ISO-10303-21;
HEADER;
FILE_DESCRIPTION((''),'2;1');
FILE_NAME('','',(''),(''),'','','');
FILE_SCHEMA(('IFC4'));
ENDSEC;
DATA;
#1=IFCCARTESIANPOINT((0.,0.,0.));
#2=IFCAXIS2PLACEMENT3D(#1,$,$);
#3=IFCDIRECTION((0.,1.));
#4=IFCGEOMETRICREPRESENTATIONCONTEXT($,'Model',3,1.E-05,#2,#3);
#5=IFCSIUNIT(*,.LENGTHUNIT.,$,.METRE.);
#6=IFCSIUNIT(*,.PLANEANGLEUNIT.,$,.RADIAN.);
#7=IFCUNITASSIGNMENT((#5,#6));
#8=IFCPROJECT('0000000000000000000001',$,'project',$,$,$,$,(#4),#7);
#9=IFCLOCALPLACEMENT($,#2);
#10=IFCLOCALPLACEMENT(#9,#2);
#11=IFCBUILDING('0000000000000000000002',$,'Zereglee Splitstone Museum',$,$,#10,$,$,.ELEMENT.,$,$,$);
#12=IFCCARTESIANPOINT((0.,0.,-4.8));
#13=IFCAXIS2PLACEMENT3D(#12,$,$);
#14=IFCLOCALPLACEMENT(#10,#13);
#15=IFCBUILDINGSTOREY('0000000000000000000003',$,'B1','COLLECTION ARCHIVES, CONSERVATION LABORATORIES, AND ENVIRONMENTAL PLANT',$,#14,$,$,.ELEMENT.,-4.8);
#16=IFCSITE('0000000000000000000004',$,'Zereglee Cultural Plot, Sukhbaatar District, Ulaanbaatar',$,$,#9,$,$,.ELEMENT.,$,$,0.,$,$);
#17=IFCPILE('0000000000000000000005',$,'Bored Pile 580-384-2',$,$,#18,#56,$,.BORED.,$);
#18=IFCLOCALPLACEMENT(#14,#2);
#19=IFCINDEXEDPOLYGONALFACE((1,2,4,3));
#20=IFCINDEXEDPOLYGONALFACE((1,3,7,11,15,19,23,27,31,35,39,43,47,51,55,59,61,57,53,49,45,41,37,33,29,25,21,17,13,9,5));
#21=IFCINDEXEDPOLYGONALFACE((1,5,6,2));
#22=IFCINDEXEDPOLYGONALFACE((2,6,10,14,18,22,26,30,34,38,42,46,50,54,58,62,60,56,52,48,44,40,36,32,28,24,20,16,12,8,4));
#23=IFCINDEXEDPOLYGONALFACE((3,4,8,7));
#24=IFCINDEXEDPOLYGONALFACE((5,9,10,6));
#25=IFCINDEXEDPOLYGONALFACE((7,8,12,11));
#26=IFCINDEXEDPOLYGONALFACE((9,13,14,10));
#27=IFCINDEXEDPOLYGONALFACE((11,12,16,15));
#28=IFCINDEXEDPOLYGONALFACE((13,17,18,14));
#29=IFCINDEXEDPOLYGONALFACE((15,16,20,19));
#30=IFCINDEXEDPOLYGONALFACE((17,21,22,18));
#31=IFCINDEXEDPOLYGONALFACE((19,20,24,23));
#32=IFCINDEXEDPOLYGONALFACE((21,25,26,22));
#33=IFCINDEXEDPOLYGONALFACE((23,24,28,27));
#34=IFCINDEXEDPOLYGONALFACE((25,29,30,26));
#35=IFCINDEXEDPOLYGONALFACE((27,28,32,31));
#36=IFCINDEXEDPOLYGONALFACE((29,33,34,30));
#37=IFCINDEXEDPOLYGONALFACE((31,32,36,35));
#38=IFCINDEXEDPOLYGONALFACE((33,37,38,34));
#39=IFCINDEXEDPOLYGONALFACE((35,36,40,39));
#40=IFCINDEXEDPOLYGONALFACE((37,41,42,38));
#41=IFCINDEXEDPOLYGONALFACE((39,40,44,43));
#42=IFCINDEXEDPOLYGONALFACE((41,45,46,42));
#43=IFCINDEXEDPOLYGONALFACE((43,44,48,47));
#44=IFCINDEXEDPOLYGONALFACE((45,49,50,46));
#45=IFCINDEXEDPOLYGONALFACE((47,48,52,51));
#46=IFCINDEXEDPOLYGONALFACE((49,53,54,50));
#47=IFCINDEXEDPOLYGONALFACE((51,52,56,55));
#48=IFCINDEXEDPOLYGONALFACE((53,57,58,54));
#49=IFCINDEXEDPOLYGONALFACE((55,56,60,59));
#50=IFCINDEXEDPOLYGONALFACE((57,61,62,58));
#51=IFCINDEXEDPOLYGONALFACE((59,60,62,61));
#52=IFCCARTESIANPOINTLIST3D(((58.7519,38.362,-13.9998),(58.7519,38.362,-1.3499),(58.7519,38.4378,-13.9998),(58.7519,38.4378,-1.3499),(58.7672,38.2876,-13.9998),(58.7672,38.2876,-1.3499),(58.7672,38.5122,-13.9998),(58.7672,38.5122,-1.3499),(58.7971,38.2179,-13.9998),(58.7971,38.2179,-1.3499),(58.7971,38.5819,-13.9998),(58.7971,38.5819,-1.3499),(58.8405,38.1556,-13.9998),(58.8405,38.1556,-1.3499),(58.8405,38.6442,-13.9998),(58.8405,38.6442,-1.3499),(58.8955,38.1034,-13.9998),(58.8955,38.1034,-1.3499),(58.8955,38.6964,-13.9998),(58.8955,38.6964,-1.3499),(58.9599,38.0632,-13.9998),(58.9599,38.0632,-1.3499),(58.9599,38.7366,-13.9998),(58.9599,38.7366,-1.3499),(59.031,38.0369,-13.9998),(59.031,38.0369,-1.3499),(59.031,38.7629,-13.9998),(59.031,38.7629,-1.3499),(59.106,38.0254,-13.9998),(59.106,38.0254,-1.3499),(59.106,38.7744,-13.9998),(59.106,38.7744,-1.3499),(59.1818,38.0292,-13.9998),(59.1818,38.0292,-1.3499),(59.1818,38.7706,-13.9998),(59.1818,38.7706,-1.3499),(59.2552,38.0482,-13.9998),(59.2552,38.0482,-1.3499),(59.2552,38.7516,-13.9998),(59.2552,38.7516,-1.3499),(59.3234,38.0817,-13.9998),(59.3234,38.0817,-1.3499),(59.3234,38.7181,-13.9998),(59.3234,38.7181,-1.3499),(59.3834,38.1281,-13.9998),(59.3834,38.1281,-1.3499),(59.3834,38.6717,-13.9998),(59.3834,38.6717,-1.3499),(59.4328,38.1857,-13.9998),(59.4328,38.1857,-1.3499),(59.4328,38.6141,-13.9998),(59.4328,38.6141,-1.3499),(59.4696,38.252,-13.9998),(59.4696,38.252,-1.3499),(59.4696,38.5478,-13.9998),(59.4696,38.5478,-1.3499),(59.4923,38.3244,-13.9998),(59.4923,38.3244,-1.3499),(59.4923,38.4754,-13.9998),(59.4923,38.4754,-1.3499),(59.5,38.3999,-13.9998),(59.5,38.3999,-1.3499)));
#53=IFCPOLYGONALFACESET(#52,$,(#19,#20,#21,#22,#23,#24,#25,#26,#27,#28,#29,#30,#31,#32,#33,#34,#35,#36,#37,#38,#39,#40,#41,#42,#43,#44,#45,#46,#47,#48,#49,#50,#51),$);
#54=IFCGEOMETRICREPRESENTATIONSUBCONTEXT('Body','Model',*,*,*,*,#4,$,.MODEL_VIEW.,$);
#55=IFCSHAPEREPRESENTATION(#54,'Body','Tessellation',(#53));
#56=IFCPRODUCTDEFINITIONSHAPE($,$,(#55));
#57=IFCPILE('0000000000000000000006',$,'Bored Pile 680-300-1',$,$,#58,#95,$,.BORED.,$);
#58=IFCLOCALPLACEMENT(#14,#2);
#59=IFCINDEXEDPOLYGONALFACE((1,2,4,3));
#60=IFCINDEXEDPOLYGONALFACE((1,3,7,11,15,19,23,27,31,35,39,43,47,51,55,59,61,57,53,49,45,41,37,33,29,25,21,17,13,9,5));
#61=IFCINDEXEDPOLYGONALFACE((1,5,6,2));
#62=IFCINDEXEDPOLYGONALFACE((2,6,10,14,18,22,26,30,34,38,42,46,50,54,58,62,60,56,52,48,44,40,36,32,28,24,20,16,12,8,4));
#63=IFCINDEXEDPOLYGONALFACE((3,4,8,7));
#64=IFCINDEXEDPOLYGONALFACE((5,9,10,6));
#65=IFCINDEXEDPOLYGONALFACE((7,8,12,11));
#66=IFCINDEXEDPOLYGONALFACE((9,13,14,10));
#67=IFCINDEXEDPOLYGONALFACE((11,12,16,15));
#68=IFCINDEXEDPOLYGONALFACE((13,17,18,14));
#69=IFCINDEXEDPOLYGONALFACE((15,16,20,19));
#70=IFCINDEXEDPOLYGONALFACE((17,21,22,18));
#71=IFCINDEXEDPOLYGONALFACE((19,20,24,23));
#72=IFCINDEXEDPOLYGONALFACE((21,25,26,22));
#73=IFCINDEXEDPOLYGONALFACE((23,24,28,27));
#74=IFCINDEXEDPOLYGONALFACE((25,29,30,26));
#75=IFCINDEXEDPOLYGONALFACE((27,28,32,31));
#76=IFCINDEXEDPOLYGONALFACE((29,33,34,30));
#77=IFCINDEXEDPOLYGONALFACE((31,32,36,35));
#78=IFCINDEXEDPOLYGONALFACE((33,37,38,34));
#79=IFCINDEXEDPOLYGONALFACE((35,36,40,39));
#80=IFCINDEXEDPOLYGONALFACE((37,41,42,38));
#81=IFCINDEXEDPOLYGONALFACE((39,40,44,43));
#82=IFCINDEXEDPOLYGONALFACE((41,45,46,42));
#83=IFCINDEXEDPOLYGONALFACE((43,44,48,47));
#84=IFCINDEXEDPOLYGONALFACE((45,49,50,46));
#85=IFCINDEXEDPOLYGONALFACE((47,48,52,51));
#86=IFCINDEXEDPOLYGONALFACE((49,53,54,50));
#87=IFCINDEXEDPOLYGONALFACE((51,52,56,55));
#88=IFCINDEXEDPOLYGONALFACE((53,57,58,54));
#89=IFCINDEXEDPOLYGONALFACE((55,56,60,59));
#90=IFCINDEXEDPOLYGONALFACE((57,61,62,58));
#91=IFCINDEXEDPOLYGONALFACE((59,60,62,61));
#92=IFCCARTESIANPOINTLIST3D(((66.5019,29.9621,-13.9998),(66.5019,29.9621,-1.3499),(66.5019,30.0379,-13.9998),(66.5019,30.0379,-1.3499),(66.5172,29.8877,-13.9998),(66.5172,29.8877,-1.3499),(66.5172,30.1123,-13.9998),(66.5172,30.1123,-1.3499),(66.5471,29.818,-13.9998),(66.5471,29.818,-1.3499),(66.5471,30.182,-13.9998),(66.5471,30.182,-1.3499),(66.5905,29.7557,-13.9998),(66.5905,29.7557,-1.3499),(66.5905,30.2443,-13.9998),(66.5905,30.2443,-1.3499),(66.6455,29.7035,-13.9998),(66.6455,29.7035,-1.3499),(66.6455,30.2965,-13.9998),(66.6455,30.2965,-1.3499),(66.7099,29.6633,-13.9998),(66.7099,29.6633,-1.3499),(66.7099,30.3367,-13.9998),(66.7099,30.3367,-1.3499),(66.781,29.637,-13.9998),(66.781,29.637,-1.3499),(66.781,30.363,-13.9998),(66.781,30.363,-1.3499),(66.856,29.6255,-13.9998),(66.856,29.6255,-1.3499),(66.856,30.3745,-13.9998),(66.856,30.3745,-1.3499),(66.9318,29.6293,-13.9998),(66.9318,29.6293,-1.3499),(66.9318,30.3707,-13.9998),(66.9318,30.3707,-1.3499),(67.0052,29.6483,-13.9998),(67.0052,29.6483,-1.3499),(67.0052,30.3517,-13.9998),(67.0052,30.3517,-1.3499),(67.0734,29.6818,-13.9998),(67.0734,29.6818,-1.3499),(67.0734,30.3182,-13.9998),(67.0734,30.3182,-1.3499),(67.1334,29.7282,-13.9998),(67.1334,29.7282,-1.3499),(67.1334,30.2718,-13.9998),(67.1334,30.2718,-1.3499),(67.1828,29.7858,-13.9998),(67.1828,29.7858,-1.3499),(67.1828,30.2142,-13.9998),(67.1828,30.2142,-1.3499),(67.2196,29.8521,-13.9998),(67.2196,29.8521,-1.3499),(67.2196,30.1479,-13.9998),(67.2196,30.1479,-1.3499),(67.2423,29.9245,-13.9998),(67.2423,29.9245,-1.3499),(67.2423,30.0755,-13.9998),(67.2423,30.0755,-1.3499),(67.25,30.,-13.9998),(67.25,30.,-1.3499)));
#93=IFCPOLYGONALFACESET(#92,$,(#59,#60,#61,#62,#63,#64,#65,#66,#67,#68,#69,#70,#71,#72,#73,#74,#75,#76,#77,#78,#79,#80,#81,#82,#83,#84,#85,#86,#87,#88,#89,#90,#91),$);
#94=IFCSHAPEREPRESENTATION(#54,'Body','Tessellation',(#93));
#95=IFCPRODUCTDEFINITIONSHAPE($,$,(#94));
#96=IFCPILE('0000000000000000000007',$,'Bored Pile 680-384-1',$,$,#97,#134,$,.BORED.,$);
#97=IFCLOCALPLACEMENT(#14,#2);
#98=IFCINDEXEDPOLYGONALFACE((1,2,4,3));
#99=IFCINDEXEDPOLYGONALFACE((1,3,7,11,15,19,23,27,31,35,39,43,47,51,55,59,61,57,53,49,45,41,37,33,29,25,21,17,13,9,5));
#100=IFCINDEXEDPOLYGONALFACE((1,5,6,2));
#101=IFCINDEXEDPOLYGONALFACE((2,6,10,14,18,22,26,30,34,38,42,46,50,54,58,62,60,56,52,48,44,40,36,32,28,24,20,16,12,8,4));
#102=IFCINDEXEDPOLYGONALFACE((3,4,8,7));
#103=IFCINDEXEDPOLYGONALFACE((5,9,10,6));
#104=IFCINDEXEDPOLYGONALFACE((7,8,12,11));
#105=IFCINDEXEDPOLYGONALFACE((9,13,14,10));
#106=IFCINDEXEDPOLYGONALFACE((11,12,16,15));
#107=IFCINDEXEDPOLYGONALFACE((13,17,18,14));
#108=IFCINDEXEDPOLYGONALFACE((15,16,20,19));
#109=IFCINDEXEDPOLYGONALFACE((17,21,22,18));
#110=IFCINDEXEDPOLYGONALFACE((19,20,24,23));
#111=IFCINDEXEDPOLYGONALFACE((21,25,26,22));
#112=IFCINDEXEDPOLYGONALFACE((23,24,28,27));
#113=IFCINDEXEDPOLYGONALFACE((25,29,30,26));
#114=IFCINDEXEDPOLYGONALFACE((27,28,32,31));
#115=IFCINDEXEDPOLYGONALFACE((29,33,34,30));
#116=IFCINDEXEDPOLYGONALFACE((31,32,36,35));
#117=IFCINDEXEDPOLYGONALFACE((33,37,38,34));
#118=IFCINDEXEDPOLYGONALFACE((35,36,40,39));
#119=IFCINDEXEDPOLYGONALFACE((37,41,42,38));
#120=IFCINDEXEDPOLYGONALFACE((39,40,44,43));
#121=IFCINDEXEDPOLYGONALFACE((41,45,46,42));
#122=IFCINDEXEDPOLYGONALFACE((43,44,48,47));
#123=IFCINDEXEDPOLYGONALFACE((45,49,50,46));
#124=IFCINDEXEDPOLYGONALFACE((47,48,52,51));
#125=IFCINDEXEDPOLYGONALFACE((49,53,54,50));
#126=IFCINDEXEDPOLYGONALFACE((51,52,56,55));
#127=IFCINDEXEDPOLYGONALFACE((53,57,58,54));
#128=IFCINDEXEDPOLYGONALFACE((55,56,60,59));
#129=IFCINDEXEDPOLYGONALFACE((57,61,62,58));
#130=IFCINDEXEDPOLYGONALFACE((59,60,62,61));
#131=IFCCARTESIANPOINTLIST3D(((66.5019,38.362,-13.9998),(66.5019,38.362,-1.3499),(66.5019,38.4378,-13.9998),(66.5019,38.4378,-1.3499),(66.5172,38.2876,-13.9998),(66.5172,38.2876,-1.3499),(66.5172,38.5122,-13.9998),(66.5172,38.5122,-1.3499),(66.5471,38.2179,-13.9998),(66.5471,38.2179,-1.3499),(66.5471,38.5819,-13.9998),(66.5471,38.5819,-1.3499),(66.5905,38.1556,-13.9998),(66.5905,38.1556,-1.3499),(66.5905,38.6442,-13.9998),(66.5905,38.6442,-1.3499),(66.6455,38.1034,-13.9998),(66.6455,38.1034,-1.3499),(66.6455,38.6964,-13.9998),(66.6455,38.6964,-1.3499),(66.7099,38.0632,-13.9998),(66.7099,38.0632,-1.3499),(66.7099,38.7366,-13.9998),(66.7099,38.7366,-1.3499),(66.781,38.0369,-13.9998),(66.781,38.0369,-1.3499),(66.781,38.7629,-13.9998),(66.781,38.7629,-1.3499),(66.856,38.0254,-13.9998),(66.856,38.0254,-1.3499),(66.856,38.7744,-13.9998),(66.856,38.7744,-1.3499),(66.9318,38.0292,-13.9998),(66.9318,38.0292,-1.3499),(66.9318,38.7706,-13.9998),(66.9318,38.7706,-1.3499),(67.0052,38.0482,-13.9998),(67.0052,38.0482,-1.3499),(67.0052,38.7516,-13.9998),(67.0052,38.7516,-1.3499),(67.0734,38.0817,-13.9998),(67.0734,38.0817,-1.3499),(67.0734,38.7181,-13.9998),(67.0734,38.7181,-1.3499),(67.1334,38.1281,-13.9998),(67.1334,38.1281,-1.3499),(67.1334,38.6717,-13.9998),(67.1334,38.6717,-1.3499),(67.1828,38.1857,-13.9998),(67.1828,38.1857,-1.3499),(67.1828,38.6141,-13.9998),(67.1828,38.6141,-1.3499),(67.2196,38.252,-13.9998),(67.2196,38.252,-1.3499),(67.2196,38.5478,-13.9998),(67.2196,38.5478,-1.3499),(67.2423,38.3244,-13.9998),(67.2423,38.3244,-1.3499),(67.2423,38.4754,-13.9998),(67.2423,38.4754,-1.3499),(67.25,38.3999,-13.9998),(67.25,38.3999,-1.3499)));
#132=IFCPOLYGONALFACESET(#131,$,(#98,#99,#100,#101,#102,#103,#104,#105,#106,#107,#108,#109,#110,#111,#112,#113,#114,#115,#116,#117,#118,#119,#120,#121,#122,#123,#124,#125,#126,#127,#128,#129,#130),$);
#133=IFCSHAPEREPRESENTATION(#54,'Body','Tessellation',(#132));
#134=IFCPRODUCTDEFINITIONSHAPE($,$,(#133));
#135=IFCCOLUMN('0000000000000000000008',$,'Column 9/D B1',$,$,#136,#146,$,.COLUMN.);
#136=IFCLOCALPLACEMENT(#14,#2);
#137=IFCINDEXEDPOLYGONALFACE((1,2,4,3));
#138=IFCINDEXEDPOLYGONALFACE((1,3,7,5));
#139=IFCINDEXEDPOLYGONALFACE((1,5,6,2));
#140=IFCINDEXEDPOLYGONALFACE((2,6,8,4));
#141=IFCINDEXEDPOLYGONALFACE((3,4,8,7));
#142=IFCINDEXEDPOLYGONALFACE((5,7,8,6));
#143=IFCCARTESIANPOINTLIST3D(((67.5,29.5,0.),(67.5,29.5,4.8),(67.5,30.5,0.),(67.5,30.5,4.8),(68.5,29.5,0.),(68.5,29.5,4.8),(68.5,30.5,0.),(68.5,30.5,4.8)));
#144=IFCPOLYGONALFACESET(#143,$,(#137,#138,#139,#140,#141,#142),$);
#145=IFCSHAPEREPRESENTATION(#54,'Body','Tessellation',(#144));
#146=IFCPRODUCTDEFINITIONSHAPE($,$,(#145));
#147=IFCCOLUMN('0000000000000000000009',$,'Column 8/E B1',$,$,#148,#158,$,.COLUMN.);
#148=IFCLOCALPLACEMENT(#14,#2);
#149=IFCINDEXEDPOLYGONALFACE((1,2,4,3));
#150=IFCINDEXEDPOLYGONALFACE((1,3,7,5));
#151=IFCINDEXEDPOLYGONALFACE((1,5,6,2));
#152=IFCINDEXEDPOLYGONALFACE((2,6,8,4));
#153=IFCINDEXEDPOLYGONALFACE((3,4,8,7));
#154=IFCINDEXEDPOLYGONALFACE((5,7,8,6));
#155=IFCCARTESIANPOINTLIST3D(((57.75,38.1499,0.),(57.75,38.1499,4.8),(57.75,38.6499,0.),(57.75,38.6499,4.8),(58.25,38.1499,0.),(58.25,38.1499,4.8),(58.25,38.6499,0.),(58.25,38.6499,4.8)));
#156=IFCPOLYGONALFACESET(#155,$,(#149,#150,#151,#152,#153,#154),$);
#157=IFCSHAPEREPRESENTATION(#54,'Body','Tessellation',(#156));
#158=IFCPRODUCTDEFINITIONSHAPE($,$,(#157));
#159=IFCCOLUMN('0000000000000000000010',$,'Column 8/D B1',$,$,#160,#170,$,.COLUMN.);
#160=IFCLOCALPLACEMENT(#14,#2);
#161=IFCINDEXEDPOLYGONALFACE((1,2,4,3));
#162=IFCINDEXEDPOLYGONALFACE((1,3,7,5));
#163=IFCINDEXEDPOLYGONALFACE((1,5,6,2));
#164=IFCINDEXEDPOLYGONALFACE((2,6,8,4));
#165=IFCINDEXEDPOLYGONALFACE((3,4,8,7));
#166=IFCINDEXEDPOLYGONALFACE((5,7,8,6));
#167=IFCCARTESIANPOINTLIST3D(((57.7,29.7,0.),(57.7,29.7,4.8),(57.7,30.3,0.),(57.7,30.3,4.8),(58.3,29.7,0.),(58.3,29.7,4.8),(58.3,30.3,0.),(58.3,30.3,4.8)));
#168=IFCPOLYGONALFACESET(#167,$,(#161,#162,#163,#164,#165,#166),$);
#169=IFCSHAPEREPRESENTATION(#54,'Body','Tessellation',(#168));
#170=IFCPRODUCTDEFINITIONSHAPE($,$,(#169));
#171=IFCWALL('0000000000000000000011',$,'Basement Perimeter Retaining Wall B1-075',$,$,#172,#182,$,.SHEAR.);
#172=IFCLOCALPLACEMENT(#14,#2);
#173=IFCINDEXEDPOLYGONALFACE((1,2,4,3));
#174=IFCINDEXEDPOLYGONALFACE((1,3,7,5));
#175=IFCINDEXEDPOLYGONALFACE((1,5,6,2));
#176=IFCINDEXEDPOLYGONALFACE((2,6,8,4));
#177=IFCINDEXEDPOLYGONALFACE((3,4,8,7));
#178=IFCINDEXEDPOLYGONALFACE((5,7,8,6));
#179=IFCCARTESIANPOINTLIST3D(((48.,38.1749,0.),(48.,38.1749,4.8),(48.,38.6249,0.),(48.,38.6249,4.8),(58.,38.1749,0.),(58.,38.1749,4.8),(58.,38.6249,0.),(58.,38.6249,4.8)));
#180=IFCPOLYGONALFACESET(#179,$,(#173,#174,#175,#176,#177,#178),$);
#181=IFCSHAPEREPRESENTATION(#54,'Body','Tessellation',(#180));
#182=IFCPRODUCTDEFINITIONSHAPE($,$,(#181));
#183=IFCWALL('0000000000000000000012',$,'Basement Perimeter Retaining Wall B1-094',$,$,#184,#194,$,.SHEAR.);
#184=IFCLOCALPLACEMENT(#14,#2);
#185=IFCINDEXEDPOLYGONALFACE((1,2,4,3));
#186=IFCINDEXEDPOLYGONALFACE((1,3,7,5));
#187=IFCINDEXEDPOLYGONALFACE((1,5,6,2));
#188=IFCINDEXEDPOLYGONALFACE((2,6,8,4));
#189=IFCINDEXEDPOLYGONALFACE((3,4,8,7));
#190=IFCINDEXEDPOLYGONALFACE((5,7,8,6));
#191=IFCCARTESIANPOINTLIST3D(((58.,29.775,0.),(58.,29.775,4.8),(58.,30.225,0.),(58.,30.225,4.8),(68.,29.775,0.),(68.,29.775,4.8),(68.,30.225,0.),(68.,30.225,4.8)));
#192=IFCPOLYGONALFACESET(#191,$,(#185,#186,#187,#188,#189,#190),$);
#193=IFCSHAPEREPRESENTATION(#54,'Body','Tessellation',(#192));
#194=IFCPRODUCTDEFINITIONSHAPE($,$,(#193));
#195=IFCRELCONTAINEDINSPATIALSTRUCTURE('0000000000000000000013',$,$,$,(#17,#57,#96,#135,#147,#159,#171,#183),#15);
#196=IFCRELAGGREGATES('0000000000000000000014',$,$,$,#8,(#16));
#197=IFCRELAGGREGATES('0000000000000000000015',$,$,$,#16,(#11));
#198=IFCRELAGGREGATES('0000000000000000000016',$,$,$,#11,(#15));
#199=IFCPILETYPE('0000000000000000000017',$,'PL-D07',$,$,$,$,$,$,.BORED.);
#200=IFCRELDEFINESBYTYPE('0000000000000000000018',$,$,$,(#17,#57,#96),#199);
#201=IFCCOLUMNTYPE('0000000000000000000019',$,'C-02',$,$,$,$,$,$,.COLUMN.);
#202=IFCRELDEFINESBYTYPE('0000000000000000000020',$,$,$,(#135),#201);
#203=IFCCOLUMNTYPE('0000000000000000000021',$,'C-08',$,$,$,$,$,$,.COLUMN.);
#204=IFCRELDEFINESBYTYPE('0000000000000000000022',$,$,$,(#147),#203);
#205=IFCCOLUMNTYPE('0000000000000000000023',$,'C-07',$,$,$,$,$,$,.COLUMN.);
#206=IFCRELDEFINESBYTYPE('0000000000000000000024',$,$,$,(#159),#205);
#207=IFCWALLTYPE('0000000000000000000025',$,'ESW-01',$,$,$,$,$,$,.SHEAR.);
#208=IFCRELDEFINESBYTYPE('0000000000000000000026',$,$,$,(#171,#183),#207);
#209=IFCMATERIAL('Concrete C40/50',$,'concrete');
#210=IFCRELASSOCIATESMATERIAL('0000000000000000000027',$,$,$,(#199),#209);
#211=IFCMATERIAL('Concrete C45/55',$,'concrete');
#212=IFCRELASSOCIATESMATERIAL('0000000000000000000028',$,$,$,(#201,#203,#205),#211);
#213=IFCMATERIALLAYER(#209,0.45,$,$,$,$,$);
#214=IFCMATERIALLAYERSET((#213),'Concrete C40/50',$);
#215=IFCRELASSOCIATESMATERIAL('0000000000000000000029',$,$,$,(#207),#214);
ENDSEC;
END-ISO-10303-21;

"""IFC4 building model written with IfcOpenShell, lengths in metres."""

from ifc_helpers import new_model, si_unit, direction, frame, frame_2d, origin, origin_2d, place, context, subcontext, project, spatial, rectangle, circle, extrude, material, layer, layer_set, material_profile, profile_set, type_object, element, save


model = new_model("IFC4")

# Units and contexts
model_context = context("Model", 3, precision=1e-05, world=origin(), true_north=direction((0.0, 1.0)))
body_context = subcontext(model_context, "Body", "Model", "MODEL_VIEW")
ifc_project = project(units=[si_unit("LENGTHUNIT", "METRE"), si_unit("PLANEANGLEUNIT", "RADIAN")], contexts=[model_context])

# Site, building, storey
site_placement = place(None, origin())
site = spatial("IfcSite", under=ifc_project, at=site_placement, Name="Zereglee Cultural Plot, Sukhbaatar District, Ulaanbaatar", CompositionType="ELEMENT", RefElevation=0.0)
building_placement = place(site_placement, origin())
building = spatial("IfcBuilding", under=site, at=building_placement, Name="Zereglee Splitstone Museum", CompositionType="ELEMENT")
storey_placement = place(building_placement, frame((0.0, 0.0, -4.8)))
storey = spatial("IfcBuildingStorey", under=building, at=storey_placement, Name="B1", Description="COLLECTION ARCHIVES, CONSERVATION LABORATORIES, AND ENVIRONMENTAL PLANT", CompositionType="ELEMENT", Elevation=-4.8)

# Shared definitions
ifc_material_1 = material(Name="Concrete C40/50", Category="concrete")

# Piles
ifc_material_profile_1 = material_profile(ifc_material_1, circle(Radius=0.375, at=origin_2d()), Name="PILE D750")
ifc_profile_set_1 = profile_set([ifc_material_profile_1], Name="Concrete C40/50")
pile_type_1 = type_object("IfcPileType", Name="PL-D07", PredefinedType="BORED", material=ifc_profile_set_1)
for number, where, z_axis, x_axis, name in (
    (1, (59.125, 38.3999, -1.3499), (0.0, 0.0, -1.0), (1.0, 0.0, 0.0), "Bored Pile 580-384-2"),
    (2, (66.875, 30.0, -1.3499), (0.0, 0.0, -1.0), (1.0, 0.0, 0.0), "Bored Pile 680-300-1"),
    (3, (66.875, 38.3999, -1.3499), (0.0, 0.0, -1.0), (1.0, 0.0, 0.0), "Bored Pile 680-384-1"),
):
    element("IfcPile", number, at=place(storey_placement, frame(where, z_axis=z_axis, x_axis=x_axis)), inside=storey, type_object=pile_type_1, Name=name, PredefinedType="BORED", context=body_context, shape_type="SweptSolid", body=[
        extrude(circle(Radius=0.375, at=origin_2d()), origin(), (0.0, 0.0, 1.0), 12.6499),
    ])

# Columns
ifc_material_2 = material(Name="Concrete C45/55", Category="concrete")
ifc_material_profile_2 = material_profile(ifc_material_2, rectangle(XDim=1.0, YDim=1.0, at=origin_2d()), Name="RC 1000x1000")
ifc_profile_set_2 = profile_set([ifc_material_profile_2], Name="Concrete C45/55")
column_type_1 = type_object("IfcColumnType", Name="C-02", PredefinedType="COLUMN", material=ifc_profile_set_2)
column_1_placement = place(storey_placement, frame((68.0, 30.0, 0.0), z_axis=(0.0, 0.0, 1.0), x_axis=(1.0, 0.0, 0.0)))
element("IfcColumn", 4, at=column_1_placement, inside=storey, type_object=column_type_1, Name="Column 9/D B1", PredefinedType="COLUMN", context=body_context, shape_type="SweptSolid", body=[
    extrude(rectangle(XDim=1.0, YDim=1.0, at=origin_2d()), origin(), (0.0, 0.0, 1.0), 4.8),
])
ifc_material_profile_3 = material_profile(ifc_material_2, rectangle(XDim=0.5, YDim=0.5, at=origin_2d()), Name="RC 500x500")
ifc_profile_set_3 = profile_set([ifc_material_profile_3], Name="Concrete C45/55")
column_type_2 = type_object("IfcColumnType", Name="C-08", PredefinedType="COLUMN", material=ifc_profile_set_3)
column_2_placement = place(storey_placement, frame((58.0, 38.3999, 0.0), z_axis=(0.0, 0.0, 1.0), x_axis=(1.0, 0.0, 0.0)))
element("IfcColumn", 5, at=column_2_placement, inside=storey, type_object=column_type_2, Name="Column 8/E B1", PredefinedType="COLUMN", context=body_context, shape_type="SweptSolid", body=[
    extrude(rectangle(XDim=0.5, YDim=0.5, at=origin_2d()), origin(), (0.0, 0.0, 1.0), 4.8),
])
ifc_material_profile_4 = material_profile(ifc_material_2, rectangle(XDim=0.6001, YDim=0.6001, at=origin_2d()), Name="RC 600x600")
ifc_profile_set_4 = profile_set([ifc_material_profile_4], Name="Concrete C45/55")
column_type_3 = type_object("IfcColumnType", Name="C-07", PredefinedType="COLUMN", material=ifc_profile_set_4)
column_3_placement = place(storey_placement, frame((58.0, 30.0, 0.0), z_axis=(0.0, 0.0, 1.0), x_axis=(1.0, 0.0, 0.0)))
element("IfcColumn", 6, at=column_3_placement, inside=storey, type_object=column_type_3, Name="Column 8/D B1", PredefinedType="COLUMN", context=body_context, shape_type="SweptSolid", body=[
    extrude(rectangle(XDim=0.6001, YDim=0.6001, at=origin_2d()), origin(), (0.0, 0.0, 1.0), 4.8),
])

# Walls
ifc_layer_1 = layer(ifc_material_1, 0.45)
ifc_layer_set_1 = layer_set([ifc_layer_1], Name="Concrete C40/50")
wall_type = type_object("IfcWallType", Name="ESW-01", PredefinedType="SHEAR", material=ifc_layer_set_1)
for number, where, z_axis, x_axis, name in (
    (7, (58.0, 38.3999, 0.0), (0.0, 0.0, 1.0), (-1.0, 0.0, 0.0), "Basement Perimeter Retaining Wall B1-075"),
    (8, (58.0, 30.0, 0.0), (0.0, 0.0, 1.0), (1.0, 0.0, 0.0), "Basement Perimeter Retaining Wall B1-094"),
):
    element("IfcWall", number, at=place(storey_placement, frame(where, z_axis=z_axis, x_axis=x_axis)), inside=storey, type_object=wall_type, Name=name, PredefinedType="SHEAR", context=body_context, shape_type="SweptSolid", body=[
        extrude(rectangle(XDim=10.0, YDim=0.45, at=frame_2d((5.0, 0.0))), origin(), (0.0, 0.0, 1.0), 4.8),
    ])

save(model, "model.ifc")
